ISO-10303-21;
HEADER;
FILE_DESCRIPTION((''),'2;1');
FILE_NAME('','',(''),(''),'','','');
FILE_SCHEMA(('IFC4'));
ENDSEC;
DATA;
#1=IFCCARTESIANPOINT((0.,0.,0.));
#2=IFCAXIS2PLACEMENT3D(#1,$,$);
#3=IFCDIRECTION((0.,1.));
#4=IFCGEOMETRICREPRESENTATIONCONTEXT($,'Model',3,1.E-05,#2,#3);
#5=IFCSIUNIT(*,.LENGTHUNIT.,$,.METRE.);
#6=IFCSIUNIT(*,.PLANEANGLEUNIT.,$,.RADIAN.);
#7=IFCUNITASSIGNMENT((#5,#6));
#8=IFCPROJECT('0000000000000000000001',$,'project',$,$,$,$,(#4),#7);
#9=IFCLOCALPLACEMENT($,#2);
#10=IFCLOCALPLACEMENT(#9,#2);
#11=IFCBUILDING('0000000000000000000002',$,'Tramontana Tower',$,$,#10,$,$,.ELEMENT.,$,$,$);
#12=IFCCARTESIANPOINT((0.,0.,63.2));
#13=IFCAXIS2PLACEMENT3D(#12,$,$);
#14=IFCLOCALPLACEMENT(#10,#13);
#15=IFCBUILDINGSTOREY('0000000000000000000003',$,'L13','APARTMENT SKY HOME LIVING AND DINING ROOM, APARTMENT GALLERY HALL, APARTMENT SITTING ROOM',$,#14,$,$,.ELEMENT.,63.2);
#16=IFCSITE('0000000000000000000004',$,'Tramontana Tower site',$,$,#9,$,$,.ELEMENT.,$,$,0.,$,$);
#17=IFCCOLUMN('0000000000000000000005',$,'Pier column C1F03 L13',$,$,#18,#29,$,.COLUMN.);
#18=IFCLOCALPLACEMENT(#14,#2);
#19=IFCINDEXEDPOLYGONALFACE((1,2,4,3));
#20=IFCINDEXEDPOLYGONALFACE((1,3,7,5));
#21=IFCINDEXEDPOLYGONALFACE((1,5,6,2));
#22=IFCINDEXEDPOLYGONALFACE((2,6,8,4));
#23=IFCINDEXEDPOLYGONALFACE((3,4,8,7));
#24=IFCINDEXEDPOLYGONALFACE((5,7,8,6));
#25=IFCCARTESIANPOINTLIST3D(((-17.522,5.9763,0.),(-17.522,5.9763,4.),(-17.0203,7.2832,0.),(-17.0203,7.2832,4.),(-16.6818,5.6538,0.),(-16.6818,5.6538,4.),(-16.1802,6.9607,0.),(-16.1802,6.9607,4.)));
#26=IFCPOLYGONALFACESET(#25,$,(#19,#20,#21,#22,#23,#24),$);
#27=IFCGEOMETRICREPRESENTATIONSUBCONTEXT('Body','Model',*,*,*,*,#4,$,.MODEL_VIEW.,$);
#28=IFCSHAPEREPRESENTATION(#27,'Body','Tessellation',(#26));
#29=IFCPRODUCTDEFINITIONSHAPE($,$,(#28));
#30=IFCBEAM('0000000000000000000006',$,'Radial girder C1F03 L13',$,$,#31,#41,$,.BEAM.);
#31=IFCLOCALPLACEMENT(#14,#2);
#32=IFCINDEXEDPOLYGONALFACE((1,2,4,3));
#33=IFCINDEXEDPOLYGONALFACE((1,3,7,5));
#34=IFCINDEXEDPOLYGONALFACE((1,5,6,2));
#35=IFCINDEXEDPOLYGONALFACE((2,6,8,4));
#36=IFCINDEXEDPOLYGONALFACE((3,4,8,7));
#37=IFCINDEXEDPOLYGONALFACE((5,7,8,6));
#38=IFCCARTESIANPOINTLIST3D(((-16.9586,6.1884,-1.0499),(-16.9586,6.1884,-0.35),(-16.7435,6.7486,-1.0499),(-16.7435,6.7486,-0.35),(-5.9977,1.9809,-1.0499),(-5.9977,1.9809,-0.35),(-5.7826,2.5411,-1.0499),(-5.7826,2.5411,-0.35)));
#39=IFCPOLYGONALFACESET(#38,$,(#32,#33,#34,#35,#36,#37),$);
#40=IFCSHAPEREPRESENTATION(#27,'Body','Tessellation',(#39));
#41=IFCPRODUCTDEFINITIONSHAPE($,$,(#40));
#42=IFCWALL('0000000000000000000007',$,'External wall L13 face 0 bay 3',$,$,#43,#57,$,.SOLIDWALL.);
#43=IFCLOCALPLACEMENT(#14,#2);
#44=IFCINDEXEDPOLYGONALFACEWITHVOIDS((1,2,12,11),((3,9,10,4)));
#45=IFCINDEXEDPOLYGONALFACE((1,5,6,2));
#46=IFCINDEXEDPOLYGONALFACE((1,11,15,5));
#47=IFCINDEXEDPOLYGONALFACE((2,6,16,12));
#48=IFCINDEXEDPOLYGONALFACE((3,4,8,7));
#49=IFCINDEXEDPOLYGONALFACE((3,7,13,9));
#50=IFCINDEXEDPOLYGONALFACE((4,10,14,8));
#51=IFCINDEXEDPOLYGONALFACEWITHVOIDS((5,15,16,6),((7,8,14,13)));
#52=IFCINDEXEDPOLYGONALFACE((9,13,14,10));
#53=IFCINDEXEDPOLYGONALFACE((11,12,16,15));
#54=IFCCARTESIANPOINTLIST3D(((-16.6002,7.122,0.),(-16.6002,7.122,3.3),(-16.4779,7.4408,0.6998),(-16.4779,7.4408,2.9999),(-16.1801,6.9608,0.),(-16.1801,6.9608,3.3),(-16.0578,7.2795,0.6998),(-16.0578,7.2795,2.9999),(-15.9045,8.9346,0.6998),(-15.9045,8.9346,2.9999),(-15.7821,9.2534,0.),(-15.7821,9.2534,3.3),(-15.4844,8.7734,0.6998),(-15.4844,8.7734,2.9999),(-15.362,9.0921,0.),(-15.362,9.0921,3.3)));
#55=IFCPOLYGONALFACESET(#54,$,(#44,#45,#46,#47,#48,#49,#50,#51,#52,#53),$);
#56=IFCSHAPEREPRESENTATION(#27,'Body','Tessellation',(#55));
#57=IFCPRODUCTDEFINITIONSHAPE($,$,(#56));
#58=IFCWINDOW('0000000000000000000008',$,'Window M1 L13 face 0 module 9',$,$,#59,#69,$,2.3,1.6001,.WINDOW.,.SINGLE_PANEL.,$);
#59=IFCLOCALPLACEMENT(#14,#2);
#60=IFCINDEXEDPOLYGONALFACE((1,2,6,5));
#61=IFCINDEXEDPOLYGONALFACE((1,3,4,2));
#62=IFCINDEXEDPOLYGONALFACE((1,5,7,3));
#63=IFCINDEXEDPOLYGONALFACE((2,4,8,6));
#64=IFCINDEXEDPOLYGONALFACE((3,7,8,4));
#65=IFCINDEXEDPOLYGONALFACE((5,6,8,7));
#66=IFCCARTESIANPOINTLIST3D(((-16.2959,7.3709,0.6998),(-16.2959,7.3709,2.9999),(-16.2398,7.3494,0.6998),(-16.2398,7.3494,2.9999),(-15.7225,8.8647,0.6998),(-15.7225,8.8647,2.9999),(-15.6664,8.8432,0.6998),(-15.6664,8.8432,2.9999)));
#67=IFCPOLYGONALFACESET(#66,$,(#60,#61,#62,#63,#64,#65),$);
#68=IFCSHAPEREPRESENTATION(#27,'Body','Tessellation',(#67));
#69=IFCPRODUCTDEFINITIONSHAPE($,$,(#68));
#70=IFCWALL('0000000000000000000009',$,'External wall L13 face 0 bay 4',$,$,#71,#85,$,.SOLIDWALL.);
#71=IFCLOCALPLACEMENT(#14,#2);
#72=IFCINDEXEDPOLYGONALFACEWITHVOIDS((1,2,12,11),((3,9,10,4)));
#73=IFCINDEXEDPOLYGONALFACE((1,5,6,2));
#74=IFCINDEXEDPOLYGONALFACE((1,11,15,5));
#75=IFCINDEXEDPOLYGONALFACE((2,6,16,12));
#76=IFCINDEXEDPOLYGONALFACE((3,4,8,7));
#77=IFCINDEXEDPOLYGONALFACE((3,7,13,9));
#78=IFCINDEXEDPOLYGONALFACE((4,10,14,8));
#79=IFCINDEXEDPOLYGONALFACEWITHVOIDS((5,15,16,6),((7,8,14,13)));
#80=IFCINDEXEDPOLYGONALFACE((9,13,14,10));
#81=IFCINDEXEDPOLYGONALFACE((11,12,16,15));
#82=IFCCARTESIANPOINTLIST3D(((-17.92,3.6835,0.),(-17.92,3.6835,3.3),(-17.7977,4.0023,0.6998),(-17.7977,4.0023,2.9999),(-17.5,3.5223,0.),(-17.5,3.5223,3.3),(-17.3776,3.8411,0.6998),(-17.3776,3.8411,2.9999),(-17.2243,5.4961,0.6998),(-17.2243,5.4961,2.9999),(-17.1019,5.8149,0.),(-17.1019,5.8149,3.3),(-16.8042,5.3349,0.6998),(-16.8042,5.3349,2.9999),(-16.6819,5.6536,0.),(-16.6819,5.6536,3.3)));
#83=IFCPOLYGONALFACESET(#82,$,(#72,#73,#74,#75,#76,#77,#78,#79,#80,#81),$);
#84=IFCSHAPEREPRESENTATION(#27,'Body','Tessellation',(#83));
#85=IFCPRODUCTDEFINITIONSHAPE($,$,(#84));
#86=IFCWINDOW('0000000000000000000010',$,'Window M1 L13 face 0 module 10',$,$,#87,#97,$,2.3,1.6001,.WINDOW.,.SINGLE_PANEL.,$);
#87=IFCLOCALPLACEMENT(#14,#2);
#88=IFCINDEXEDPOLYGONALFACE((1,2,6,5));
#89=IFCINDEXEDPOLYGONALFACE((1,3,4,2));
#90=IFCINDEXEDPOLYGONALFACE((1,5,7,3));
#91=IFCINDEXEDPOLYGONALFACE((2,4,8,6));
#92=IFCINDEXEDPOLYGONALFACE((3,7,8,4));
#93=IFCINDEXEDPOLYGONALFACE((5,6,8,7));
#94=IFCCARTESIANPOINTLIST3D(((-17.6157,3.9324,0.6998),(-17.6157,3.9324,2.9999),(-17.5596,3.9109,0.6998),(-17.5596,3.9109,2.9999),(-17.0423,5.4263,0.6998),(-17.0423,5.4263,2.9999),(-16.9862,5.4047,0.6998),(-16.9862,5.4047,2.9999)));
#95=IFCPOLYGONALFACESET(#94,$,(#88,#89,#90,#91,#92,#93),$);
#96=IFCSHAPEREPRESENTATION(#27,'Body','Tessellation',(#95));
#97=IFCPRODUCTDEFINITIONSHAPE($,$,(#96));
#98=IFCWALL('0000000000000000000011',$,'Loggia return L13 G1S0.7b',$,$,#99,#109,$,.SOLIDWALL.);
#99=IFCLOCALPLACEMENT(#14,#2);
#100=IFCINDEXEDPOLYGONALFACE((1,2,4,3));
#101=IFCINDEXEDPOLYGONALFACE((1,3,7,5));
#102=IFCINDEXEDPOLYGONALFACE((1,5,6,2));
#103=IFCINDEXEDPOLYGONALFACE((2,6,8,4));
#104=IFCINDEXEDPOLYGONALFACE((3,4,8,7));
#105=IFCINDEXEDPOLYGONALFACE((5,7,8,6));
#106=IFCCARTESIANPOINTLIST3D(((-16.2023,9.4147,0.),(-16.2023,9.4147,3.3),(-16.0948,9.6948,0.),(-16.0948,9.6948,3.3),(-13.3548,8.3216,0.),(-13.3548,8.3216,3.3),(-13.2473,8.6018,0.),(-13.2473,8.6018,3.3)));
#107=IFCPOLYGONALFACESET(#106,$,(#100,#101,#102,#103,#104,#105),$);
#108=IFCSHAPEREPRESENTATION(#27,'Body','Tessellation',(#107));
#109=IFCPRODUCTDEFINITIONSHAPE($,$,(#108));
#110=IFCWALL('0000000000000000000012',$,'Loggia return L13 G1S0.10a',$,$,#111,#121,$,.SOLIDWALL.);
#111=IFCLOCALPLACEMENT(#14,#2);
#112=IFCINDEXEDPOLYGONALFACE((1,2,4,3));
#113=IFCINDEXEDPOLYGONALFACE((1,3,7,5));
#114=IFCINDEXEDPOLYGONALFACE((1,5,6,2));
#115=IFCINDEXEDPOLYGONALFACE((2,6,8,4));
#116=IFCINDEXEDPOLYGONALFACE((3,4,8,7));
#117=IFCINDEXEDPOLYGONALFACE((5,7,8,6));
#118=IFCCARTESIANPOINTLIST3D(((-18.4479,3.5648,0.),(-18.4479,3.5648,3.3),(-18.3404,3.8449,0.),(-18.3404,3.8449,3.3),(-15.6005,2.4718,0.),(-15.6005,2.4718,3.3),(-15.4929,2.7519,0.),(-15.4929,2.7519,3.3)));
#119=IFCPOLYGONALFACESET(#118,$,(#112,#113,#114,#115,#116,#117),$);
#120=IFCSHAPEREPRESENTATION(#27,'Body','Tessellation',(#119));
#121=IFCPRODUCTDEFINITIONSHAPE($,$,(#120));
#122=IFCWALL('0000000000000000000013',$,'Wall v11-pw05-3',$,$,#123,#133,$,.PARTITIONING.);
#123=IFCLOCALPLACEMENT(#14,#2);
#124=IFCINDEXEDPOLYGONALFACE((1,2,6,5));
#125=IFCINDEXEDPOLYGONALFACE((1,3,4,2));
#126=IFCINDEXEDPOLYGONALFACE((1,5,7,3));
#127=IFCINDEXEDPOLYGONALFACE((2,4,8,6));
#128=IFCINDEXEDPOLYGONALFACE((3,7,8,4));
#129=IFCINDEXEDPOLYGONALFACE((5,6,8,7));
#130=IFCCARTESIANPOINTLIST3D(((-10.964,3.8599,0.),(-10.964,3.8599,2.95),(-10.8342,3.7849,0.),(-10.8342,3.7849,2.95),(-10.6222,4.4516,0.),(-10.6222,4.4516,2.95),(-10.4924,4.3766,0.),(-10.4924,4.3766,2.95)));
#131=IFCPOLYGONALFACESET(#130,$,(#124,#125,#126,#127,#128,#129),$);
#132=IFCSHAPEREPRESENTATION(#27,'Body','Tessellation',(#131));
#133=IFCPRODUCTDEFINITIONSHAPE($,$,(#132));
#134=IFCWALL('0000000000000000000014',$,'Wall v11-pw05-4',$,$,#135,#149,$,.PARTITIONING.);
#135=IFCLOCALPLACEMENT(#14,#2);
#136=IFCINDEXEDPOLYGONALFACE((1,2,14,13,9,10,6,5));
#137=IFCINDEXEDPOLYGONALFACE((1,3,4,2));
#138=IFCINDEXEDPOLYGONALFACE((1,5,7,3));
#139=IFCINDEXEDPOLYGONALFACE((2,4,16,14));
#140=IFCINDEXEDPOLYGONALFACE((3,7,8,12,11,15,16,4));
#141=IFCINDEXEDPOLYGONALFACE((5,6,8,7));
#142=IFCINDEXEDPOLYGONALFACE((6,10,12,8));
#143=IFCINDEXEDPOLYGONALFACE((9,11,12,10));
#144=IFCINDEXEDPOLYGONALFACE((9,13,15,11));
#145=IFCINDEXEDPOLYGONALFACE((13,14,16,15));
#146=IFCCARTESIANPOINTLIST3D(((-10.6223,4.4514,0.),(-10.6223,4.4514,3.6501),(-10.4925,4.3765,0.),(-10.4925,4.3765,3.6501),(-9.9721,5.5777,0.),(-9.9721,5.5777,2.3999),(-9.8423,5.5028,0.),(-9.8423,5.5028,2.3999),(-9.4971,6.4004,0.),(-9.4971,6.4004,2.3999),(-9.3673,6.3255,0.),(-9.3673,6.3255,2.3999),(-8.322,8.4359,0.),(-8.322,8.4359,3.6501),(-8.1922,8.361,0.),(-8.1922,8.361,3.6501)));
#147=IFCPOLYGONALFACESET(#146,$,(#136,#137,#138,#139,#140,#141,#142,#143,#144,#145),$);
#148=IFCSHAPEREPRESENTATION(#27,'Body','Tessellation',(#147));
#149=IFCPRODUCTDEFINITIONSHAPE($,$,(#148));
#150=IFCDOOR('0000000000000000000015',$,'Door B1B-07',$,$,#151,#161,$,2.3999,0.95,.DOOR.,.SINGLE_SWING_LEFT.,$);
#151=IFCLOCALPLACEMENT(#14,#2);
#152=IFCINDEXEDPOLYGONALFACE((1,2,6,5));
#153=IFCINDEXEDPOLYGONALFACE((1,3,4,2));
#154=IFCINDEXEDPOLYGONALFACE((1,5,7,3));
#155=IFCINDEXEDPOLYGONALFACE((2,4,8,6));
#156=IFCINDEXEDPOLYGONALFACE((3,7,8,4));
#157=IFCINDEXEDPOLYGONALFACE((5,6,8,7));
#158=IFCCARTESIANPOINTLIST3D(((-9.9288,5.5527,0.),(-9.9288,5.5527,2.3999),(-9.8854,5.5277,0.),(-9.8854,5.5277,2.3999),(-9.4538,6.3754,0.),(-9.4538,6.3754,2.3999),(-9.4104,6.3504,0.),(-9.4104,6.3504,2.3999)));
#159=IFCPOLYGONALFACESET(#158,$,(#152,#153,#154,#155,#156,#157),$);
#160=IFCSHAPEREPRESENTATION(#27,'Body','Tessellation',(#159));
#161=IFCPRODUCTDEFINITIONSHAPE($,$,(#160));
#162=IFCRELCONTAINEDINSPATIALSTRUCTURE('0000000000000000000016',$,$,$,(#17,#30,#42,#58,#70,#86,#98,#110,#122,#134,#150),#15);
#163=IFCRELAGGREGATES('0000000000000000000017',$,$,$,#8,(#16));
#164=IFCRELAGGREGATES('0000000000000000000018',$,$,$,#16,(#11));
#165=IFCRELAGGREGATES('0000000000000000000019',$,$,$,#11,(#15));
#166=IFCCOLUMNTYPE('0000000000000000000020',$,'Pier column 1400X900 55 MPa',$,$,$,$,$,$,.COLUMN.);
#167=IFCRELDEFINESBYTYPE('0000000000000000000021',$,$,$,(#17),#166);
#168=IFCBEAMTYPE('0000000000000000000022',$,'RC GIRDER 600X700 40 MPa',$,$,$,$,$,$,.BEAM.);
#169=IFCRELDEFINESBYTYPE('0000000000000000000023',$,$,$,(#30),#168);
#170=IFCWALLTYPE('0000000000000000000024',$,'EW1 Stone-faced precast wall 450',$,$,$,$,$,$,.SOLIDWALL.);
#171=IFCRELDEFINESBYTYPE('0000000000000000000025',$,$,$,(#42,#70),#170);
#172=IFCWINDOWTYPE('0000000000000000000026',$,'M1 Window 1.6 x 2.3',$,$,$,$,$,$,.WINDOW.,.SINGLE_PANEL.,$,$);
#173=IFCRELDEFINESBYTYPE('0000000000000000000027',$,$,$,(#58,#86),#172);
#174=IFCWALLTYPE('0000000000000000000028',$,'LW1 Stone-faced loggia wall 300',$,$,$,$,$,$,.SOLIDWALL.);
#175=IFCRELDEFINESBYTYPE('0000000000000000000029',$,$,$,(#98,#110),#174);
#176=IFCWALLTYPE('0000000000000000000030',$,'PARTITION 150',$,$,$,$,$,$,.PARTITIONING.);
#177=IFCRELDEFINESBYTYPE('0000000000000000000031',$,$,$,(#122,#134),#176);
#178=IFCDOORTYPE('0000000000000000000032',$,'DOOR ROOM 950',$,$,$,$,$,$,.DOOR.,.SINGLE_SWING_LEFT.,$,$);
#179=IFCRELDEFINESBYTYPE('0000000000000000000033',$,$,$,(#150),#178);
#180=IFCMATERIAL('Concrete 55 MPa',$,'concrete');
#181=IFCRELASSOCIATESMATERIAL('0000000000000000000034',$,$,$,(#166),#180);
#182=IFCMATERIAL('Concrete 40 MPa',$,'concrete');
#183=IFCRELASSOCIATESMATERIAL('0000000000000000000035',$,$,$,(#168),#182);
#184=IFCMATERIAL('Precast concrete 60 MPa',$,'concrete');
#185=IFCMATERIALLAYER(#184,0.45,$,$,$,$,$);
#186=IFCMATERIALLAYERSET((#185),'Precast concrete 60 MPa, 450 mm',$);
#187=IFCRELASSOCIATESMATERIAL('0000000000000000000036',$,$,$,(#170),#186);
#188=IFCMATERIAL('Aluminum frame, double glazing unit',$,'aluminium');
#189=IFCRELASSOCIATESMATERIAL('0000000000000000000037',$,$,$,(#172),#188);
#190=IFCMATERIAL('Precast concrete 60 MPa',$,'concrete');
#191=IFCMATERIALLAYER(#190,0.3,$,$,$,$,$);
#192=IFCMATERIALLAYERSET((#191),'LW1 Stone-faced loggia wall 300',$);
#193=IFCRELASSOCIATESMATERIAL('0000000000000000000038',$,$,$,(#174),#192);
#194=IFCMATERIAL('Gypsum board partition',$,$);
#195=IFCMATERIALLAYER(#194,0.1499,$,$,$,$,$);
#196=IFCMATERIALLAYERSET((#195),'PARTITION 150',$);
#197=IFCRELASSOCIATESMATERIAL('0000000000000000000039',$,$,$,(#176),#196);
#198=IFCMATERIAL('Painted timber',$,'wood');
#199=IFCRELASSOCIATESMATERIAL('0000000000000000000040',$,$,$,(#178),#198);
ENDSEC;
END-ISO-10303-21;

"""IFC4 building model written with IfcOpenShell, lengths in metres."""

from ifc_helpers import new_model, si_unit, direction, frame, frame_2d, origin, origin_2d, place, context, subcontext, project, spatial, rectangle, extrude, material, layer, layer_set, material_profile, profile_set, type_object, element, fill, save


model = new_model("IFC4")

# Units and contexts
model_context = context("Model", 3, precision=1e-05, world=origin(), true_north=direction((0.0, 1.0)))
body_context = subcontext(model_context, "Body", "Model", "MODEL_VIEW")
ifc_project = project(units=[si_unit("LENGTHUNIT", "METRE"), si_unit("PLANEANGLEUNIT", "RADIAN")], contexts=[model_context])

# Site, building, storey
site_placement = place(None, origin())
site = spatial("IfcSite", under=ifc_project, at=site_placement, Name="Tramontana Tower site", CompositionType="ELEMENT", RefElevation=0.0)
building_placement = place(site_placement, origin())
building = spatial("IfcBuilding", under=site, at=building_placement, Name="Tramontana Tower", CompositionType="ELEMENT")
storey_placement = place(building_placement, frame((0.0, 0.0, 63.2)))
storey = spatial("IfcBuildingStorey", under=building, at=storey_placement, Name="L13", Description="APARTMENT SKY HOME LIVING AND DINING ROOM, APARTMENT GALLERY HALL, APARTMENT SITTING ROOM", CompositionType="ELEMENT", Elevation=63.2)

# Column
ifc_material_1 = material(Name="Concrete 55 MPa", Category="concrete")
ifc_material_profile_1 = material_profile(ifc_material_1, rectangle(XDim=1.3999, YDim=0.8999, at=origin_2d()), Name="Pier column 1400X900 55 MPa")
ifc_profile_set_1 = profile_set([ifc_material_profile_1], Name="Concrete 55 MPa")
column_type = type_object("IfcColumnType", Name="Pier column 1400X900 55 MPa", PredefinedType="COLUMN", material=ifc_profile_set_1)
column_placement = place(storey_placement, frame((-16.8511, 6.4685, 0.0), z_axis=(0.0, 0.0, 1.0), x_axis=(-0.358368, -0.93358, 0.0)))
element("IfcColumn", 1, at=column_placement, inside=storey, type_object=column_type, Name="Pier column C1F03 L13", PredefinedType="COLUMN", context=body_context, shape_type="SweptSolid", body=[
    extrude(rectangle(XDim=1.3999, YDim=0.8999, at=origin_2d()), origin(), (0.0, 0.0, 1.0), 4.0),
])

# Beam
ifc_material_2 = material(Name="Concrete 40 MPa", Category="concrete")
ifc_material_profile_2 = material_profile(ifc_material_2, rectangle(XDim=0.6001, YDim=0.7, at=origin_2d()), Name="RC GIRDER 600X700 40 MPa")
ifc_profile_set_2 = profile_set([ifc_material_profile_2], Name="Concrete 40 MPa")
beam_type = type_object("IfcBeamType", Name="RC GIRDER 600X700 40 MPa", PredefinedType="BEAM", material=ifc_profile_set_2)
beam_placement = place(storey_placement, frame((-16.8511, 6.4685, -0.7), z_axis=(0.93358, -0.358369, 0.0), x_axis=(0.358369, 0.93358, 0.0)))
element("IfcBeam", 2, at=beam_placement, inside=storey, type_object=beam_type, Name="Radial girder C1F03 L13", PredefinedType="BEAM", context=body_context, shape_type="SweptSolid", body=[
    extrude(rectangle(XDim=0.6001, YDim=0.7, at=origin_2d()), origin(), (0.0, 0.0, 1.0), 11.7407),
])

# Walls, openings, windows
ifc_material_3 = material(Name="Precast concrete 60 MPa", Category="concrete")
ifc_layer_1 = layer(ifc_material_3, 0.45)
ifc_layer_set_1 = layer_set([ifc_layer_1], Name="Precast concrete 60 MPa, 450 mm")
wall_type_1 = type_object("IfcWallType", Name="EW1 Stone-faced precast wall 450", PredefinedType="SOLIDWALL", material=ifc_layer_set_1)
wall_1_placement = place(storey_placement, frame((-15.572, 9.1729, 0.0), z_axis=(0.0, 0.0, 1.0), x_axis=(-0.358356, -0.933585, 0.0)))
wall_1 = element("IfcWall", 3, at=wall_1_placement, inside=storey, type_object=wall_type_1, Name="External wall L13 face 0 bay 3", PredefinedType="SOLIDWALL", context=body_context, shape_type="SweptSolid", body=[
    extrude(rectangle(XDim=2.283, YDim=0.45, at=frame_2d((1.1416, 0.0))), origin(), (0.0, 0.0, 1.0), 3.3),
])
opening_1_placement = place(wall_1_placement, frame((0.3416, 0.0, 0.7)))
opening_1 = element("IfcOpeningElement", 4, at=opening_1_placement, cuts=wall_1, PredefinedType="OPENING", context=body_context, shape_type="SweptSolid", body=[
    extrude(rectangle(XDim=1.6001, YDim=2.3, at=frame_2d((0.8, 1.1499))), frame((0.0, 0.2349, 0.0), z_axis=(0.0, -1.0, 0.0), x_axis=(1.0, 0.0, 0.0)), (0.0, 0.0, 1.0), 0.47),
])
ifc_material_4 = material(Name="Aluminum frame, double glazing unit", Category="aluminium")
window_type = type_object("IfcWindowType", Name="M1 Window 1.6 x 2.3", PartitioningType="SINGLE_PANEL", PredefinedType="WINDOW", material=ifc_material_4)
window_1_placement = place(opening_1_placement, origin())
window_1 = element("IfcWindow", 5, at=window_1_placement, inside=storey, type_object=window_type, Name="Window M1 L13 face 0 module 9", OverallHeight=2.3, OverallWidth=1.6001, PartitioningType="SINGLE_PANEL", PredefinedType="WINDOW", context=body_context, shape_type="SweptSolid", body=[
    extrude(rectangle(XDim=1.6001, YDim=2.3, at=frame_2d((0.8, 1.1499))), frame((0.0, 0.03, 0.0), z_axis=(0.0, -1.0, 0.0), x_axis=(1.0, 0.0, 0.0)), (0.0, 0.0, 1.0), 0.0601),
])
fill(opening_1, window_1)
wall_2_placement = place(storey_placement, frame((-16.8918, 5.7344, 0.0), z_axis=(0.0, 0.0, 1.0), x_axis=(-0.358356, -0.933585, 0.0)))
wall_2 = element("IfcWall", 6, at=wall_2_placement, inside=storey, type_object=wall_type_1, Name="External wall L13 face 0 bay 4", PredefinedType="SOLIDWALL", context=body_context, shape_type="SweptSolid", body=[
    extrude(rectangle(XDim=2.283, YDim=0.45, at=frame_2d((1.1416, 0.0))), origin(), (0.0, 0.0, 1.0), 3.3),
])
opening_2_placement = place(wall_2_placement, frame((0.3416, 0.0, 0.7)))
opening_2 = element("IfcOpeningElement", 7, at=opening_2_placement, cuts=wall_2, PredefinedType="OPENING", context=body_context, shape_type="SweptSolid", body=[
    extrude(rectangle(XDim=1.6001, YDim=2.3, at=frame_2d((0.8, 1.1499))), frame((0.0, 0.2349, 0.0), z_axis=(0.0, -1.0, 0.0), x_axis=(1.0, 0.0, 0.0)), (0.0, 0.0, 1.0), 0.47),
])
window_2_placement = place(opening_2_placement, origin())
window_2 = element("IfcWindow", 8, at=window_2_placement, inside=storey, type_object=window_type, Name="Window M1 L13 face 0 module 10", OverallHeight=2.3, OverallWidth=1.6001, PartitioningType="SINGLE_PANEL", PredefinedType="WINDOW", context=body_context, shape_type="SweptSolid", body=[
    extrude(rectangle(XDim=1.6001, YDim=2.3, at=frame_2d((0.8, 1.1499))), frame((0.0, 0.03, 0.0), z_axis=(0.0, -1.0, 0.0), x_axis=(1.0, 0.0, 0.0)), (0.0, 0.0, 1.0), 0.0601),
])
fill(opening_2, window_2)

# Wall
ifc_material_5 = material(Name="Precast concrete 60 MPa", Category="concrete")
ifc_layer_2 = layer(ifc_material_5, 0.3)
ifc_layer_set_2 = layer_set([ifc_layer_2], Name="LW1 Stone-faced loggia wall 300")
wall_type_2 = type_object("IfcWallType", Name="LW1 Stone-faced loggia wall 300", PredefinedType="SOLIDWALL", material=ifc_layer_set_2)
wall_3_placement = place(storey_placement, frame((-16.1484, 9.5547, 0.0), z_axis=(0.0, 0.0, 1.0), x_axis=(0.933581, -0.358368, 0.0)))
element("IfcWall", 9, at=wall_3_placement, inside=storey, type_object=wall_type_2, Name="Loggia return L13 G1S0.7b", PredefinedType="SOLIDWALL", context=body_context, shape_type="SweptSolid", body=[
    extrude(rectangle(XDim=3.05, YDim=0.3, at=frame_2d((1.5249, 0.0))), origin(), (0.0, 0.0, 1.0), 3.3),
])

# Walls
wall_4_placement = place(storey_placement, frame((-18.394, 3.7048, 0.0), z_axis=(0.0, 0.0, 1.0), x_axis=(0.933581, -0.358368, 0.0)))
element("IfcWall", 10, at=wall_4_placement, inside=storey, type_object=wall_type_2, Name="Loggia return L13 G1S0.10a", PredefinedType="SOLIDWALL", context=body_context, shape_type="SweptSolid", body=[
    extrude(rectangle(XDim=3.05, YDim=0.3, at=frame_2d((1.5249, 0.0))), origin(), (0.0, 0.0, 1.0), 3.3),
])
ifc_material_6 = material(Name="Gypsum board partition")
ifc_layer_3 = layer(ifc_material_6, 0.1499)
ifc_layer_set_3 = layer_set([ifc_layer_3], Name="PARTITION 150")
wall_type_3 = type_object("IfcWallType", Name="PARTITION 150", PredefinedType="PARTITIONING", material=ifc_layer_set_3)
wall_5_placement = place(storey_placement, frame((-10.8992, 3.8223, 0.0), z_axis=(0.0, 0.0, 1.0), x_axis=(0.500135, 0.865948, 0.0)))
element("IfcWall", 11, at=wall_5_placement, inside=storey, type_object=wall_type_3, Name="Wall v11-pw05-3", PredefinedType="PARTITIONING", context=body_context, shape_type="SweptSolid", body=[
    extrude(rectangle(XDim=0.6833, YDim=0.1499, at=frame_2d((0.3418, 0.0))), origin(), (0.0, 0.0, 1.0), 2.95),
])

# Wall, opening, door
wall_6_placement = place(storey_placement, frame((-10.5574, 4.4141, 0.0), z_axis=(0.0, 0.0, 1.0), x_axis=(0.499986, 0.866034, 0.0)))
wall_6 = element("IfcWall", 12, at=wall_6_placement, inside=storey, type_object=wall_type_3, Name="Wall v11-pw05-4", PredefinedType="PARTITIONING", context=body_context, shape_type="SweptSolid", body=[
    extrude(rectangle(XDim=4.6008, YDim=0.1499, at=frame_2d((2.3003, 0.0))), origin(), (0.0, 0.0, 1.0), 3.6501),
])
opening_3_placement = place(wall_6_placement, frame((1.3003, 0.0, 0.0)))
opening_3 = element("IfcOpeningElement", 13, at=opening_3_placement, cuts=wall_6, PredefinedType="OPENING", context=body_context, shape_type="SweptSolid", body=[
    extrude(rectangle(XDim=0.95, YDim=2.3999, at=frame_2d((0.4751, 1.2))), frame((0.0, 0.085, 0.0), z_axis=(0.0, -1.0, 0.0), x_axis=(1.0, 0.0, 0.0)), (0.0, 0.0, 1.0), 0.1699),
])
ifc_material_7 = material(Name="Painted timber", Category="wood")
door_type_1 = type_object("IfcDoorType", Name="DOOR ROOM 950", OperationType="SINGLE_SWING_LEFT", PredefinedType="DOOR", material=ifc_material_7)
door_1_placement = place(opening_3_placement, origin())
door_1 = element("IfcDoor", 14, at=door_1_placement, inside=storey, type_object=door_type_1, Name="Door B1B-07", OperationType="SINGLE_SWING_LEFT", OverallHeight=2.3999, OverallWidth=0.95, PredefinedType="DOOR", context=body_context, shape_type="SweptSolid", body=[
    extrude(rectangle(XDim=0.95, YDim=2.3999, at=frame_2d((0.4751, 1.2))), frame((0.0, 0.0249, 0.0), z_axis=(0.0, -1.0, 0.0), x_axis=(1.0, 0.0, 0.0)), (0.0, 0.0, 1.0), 0.05),
])
fill(opening_3, door_1)

save(model, "model.ifc")
